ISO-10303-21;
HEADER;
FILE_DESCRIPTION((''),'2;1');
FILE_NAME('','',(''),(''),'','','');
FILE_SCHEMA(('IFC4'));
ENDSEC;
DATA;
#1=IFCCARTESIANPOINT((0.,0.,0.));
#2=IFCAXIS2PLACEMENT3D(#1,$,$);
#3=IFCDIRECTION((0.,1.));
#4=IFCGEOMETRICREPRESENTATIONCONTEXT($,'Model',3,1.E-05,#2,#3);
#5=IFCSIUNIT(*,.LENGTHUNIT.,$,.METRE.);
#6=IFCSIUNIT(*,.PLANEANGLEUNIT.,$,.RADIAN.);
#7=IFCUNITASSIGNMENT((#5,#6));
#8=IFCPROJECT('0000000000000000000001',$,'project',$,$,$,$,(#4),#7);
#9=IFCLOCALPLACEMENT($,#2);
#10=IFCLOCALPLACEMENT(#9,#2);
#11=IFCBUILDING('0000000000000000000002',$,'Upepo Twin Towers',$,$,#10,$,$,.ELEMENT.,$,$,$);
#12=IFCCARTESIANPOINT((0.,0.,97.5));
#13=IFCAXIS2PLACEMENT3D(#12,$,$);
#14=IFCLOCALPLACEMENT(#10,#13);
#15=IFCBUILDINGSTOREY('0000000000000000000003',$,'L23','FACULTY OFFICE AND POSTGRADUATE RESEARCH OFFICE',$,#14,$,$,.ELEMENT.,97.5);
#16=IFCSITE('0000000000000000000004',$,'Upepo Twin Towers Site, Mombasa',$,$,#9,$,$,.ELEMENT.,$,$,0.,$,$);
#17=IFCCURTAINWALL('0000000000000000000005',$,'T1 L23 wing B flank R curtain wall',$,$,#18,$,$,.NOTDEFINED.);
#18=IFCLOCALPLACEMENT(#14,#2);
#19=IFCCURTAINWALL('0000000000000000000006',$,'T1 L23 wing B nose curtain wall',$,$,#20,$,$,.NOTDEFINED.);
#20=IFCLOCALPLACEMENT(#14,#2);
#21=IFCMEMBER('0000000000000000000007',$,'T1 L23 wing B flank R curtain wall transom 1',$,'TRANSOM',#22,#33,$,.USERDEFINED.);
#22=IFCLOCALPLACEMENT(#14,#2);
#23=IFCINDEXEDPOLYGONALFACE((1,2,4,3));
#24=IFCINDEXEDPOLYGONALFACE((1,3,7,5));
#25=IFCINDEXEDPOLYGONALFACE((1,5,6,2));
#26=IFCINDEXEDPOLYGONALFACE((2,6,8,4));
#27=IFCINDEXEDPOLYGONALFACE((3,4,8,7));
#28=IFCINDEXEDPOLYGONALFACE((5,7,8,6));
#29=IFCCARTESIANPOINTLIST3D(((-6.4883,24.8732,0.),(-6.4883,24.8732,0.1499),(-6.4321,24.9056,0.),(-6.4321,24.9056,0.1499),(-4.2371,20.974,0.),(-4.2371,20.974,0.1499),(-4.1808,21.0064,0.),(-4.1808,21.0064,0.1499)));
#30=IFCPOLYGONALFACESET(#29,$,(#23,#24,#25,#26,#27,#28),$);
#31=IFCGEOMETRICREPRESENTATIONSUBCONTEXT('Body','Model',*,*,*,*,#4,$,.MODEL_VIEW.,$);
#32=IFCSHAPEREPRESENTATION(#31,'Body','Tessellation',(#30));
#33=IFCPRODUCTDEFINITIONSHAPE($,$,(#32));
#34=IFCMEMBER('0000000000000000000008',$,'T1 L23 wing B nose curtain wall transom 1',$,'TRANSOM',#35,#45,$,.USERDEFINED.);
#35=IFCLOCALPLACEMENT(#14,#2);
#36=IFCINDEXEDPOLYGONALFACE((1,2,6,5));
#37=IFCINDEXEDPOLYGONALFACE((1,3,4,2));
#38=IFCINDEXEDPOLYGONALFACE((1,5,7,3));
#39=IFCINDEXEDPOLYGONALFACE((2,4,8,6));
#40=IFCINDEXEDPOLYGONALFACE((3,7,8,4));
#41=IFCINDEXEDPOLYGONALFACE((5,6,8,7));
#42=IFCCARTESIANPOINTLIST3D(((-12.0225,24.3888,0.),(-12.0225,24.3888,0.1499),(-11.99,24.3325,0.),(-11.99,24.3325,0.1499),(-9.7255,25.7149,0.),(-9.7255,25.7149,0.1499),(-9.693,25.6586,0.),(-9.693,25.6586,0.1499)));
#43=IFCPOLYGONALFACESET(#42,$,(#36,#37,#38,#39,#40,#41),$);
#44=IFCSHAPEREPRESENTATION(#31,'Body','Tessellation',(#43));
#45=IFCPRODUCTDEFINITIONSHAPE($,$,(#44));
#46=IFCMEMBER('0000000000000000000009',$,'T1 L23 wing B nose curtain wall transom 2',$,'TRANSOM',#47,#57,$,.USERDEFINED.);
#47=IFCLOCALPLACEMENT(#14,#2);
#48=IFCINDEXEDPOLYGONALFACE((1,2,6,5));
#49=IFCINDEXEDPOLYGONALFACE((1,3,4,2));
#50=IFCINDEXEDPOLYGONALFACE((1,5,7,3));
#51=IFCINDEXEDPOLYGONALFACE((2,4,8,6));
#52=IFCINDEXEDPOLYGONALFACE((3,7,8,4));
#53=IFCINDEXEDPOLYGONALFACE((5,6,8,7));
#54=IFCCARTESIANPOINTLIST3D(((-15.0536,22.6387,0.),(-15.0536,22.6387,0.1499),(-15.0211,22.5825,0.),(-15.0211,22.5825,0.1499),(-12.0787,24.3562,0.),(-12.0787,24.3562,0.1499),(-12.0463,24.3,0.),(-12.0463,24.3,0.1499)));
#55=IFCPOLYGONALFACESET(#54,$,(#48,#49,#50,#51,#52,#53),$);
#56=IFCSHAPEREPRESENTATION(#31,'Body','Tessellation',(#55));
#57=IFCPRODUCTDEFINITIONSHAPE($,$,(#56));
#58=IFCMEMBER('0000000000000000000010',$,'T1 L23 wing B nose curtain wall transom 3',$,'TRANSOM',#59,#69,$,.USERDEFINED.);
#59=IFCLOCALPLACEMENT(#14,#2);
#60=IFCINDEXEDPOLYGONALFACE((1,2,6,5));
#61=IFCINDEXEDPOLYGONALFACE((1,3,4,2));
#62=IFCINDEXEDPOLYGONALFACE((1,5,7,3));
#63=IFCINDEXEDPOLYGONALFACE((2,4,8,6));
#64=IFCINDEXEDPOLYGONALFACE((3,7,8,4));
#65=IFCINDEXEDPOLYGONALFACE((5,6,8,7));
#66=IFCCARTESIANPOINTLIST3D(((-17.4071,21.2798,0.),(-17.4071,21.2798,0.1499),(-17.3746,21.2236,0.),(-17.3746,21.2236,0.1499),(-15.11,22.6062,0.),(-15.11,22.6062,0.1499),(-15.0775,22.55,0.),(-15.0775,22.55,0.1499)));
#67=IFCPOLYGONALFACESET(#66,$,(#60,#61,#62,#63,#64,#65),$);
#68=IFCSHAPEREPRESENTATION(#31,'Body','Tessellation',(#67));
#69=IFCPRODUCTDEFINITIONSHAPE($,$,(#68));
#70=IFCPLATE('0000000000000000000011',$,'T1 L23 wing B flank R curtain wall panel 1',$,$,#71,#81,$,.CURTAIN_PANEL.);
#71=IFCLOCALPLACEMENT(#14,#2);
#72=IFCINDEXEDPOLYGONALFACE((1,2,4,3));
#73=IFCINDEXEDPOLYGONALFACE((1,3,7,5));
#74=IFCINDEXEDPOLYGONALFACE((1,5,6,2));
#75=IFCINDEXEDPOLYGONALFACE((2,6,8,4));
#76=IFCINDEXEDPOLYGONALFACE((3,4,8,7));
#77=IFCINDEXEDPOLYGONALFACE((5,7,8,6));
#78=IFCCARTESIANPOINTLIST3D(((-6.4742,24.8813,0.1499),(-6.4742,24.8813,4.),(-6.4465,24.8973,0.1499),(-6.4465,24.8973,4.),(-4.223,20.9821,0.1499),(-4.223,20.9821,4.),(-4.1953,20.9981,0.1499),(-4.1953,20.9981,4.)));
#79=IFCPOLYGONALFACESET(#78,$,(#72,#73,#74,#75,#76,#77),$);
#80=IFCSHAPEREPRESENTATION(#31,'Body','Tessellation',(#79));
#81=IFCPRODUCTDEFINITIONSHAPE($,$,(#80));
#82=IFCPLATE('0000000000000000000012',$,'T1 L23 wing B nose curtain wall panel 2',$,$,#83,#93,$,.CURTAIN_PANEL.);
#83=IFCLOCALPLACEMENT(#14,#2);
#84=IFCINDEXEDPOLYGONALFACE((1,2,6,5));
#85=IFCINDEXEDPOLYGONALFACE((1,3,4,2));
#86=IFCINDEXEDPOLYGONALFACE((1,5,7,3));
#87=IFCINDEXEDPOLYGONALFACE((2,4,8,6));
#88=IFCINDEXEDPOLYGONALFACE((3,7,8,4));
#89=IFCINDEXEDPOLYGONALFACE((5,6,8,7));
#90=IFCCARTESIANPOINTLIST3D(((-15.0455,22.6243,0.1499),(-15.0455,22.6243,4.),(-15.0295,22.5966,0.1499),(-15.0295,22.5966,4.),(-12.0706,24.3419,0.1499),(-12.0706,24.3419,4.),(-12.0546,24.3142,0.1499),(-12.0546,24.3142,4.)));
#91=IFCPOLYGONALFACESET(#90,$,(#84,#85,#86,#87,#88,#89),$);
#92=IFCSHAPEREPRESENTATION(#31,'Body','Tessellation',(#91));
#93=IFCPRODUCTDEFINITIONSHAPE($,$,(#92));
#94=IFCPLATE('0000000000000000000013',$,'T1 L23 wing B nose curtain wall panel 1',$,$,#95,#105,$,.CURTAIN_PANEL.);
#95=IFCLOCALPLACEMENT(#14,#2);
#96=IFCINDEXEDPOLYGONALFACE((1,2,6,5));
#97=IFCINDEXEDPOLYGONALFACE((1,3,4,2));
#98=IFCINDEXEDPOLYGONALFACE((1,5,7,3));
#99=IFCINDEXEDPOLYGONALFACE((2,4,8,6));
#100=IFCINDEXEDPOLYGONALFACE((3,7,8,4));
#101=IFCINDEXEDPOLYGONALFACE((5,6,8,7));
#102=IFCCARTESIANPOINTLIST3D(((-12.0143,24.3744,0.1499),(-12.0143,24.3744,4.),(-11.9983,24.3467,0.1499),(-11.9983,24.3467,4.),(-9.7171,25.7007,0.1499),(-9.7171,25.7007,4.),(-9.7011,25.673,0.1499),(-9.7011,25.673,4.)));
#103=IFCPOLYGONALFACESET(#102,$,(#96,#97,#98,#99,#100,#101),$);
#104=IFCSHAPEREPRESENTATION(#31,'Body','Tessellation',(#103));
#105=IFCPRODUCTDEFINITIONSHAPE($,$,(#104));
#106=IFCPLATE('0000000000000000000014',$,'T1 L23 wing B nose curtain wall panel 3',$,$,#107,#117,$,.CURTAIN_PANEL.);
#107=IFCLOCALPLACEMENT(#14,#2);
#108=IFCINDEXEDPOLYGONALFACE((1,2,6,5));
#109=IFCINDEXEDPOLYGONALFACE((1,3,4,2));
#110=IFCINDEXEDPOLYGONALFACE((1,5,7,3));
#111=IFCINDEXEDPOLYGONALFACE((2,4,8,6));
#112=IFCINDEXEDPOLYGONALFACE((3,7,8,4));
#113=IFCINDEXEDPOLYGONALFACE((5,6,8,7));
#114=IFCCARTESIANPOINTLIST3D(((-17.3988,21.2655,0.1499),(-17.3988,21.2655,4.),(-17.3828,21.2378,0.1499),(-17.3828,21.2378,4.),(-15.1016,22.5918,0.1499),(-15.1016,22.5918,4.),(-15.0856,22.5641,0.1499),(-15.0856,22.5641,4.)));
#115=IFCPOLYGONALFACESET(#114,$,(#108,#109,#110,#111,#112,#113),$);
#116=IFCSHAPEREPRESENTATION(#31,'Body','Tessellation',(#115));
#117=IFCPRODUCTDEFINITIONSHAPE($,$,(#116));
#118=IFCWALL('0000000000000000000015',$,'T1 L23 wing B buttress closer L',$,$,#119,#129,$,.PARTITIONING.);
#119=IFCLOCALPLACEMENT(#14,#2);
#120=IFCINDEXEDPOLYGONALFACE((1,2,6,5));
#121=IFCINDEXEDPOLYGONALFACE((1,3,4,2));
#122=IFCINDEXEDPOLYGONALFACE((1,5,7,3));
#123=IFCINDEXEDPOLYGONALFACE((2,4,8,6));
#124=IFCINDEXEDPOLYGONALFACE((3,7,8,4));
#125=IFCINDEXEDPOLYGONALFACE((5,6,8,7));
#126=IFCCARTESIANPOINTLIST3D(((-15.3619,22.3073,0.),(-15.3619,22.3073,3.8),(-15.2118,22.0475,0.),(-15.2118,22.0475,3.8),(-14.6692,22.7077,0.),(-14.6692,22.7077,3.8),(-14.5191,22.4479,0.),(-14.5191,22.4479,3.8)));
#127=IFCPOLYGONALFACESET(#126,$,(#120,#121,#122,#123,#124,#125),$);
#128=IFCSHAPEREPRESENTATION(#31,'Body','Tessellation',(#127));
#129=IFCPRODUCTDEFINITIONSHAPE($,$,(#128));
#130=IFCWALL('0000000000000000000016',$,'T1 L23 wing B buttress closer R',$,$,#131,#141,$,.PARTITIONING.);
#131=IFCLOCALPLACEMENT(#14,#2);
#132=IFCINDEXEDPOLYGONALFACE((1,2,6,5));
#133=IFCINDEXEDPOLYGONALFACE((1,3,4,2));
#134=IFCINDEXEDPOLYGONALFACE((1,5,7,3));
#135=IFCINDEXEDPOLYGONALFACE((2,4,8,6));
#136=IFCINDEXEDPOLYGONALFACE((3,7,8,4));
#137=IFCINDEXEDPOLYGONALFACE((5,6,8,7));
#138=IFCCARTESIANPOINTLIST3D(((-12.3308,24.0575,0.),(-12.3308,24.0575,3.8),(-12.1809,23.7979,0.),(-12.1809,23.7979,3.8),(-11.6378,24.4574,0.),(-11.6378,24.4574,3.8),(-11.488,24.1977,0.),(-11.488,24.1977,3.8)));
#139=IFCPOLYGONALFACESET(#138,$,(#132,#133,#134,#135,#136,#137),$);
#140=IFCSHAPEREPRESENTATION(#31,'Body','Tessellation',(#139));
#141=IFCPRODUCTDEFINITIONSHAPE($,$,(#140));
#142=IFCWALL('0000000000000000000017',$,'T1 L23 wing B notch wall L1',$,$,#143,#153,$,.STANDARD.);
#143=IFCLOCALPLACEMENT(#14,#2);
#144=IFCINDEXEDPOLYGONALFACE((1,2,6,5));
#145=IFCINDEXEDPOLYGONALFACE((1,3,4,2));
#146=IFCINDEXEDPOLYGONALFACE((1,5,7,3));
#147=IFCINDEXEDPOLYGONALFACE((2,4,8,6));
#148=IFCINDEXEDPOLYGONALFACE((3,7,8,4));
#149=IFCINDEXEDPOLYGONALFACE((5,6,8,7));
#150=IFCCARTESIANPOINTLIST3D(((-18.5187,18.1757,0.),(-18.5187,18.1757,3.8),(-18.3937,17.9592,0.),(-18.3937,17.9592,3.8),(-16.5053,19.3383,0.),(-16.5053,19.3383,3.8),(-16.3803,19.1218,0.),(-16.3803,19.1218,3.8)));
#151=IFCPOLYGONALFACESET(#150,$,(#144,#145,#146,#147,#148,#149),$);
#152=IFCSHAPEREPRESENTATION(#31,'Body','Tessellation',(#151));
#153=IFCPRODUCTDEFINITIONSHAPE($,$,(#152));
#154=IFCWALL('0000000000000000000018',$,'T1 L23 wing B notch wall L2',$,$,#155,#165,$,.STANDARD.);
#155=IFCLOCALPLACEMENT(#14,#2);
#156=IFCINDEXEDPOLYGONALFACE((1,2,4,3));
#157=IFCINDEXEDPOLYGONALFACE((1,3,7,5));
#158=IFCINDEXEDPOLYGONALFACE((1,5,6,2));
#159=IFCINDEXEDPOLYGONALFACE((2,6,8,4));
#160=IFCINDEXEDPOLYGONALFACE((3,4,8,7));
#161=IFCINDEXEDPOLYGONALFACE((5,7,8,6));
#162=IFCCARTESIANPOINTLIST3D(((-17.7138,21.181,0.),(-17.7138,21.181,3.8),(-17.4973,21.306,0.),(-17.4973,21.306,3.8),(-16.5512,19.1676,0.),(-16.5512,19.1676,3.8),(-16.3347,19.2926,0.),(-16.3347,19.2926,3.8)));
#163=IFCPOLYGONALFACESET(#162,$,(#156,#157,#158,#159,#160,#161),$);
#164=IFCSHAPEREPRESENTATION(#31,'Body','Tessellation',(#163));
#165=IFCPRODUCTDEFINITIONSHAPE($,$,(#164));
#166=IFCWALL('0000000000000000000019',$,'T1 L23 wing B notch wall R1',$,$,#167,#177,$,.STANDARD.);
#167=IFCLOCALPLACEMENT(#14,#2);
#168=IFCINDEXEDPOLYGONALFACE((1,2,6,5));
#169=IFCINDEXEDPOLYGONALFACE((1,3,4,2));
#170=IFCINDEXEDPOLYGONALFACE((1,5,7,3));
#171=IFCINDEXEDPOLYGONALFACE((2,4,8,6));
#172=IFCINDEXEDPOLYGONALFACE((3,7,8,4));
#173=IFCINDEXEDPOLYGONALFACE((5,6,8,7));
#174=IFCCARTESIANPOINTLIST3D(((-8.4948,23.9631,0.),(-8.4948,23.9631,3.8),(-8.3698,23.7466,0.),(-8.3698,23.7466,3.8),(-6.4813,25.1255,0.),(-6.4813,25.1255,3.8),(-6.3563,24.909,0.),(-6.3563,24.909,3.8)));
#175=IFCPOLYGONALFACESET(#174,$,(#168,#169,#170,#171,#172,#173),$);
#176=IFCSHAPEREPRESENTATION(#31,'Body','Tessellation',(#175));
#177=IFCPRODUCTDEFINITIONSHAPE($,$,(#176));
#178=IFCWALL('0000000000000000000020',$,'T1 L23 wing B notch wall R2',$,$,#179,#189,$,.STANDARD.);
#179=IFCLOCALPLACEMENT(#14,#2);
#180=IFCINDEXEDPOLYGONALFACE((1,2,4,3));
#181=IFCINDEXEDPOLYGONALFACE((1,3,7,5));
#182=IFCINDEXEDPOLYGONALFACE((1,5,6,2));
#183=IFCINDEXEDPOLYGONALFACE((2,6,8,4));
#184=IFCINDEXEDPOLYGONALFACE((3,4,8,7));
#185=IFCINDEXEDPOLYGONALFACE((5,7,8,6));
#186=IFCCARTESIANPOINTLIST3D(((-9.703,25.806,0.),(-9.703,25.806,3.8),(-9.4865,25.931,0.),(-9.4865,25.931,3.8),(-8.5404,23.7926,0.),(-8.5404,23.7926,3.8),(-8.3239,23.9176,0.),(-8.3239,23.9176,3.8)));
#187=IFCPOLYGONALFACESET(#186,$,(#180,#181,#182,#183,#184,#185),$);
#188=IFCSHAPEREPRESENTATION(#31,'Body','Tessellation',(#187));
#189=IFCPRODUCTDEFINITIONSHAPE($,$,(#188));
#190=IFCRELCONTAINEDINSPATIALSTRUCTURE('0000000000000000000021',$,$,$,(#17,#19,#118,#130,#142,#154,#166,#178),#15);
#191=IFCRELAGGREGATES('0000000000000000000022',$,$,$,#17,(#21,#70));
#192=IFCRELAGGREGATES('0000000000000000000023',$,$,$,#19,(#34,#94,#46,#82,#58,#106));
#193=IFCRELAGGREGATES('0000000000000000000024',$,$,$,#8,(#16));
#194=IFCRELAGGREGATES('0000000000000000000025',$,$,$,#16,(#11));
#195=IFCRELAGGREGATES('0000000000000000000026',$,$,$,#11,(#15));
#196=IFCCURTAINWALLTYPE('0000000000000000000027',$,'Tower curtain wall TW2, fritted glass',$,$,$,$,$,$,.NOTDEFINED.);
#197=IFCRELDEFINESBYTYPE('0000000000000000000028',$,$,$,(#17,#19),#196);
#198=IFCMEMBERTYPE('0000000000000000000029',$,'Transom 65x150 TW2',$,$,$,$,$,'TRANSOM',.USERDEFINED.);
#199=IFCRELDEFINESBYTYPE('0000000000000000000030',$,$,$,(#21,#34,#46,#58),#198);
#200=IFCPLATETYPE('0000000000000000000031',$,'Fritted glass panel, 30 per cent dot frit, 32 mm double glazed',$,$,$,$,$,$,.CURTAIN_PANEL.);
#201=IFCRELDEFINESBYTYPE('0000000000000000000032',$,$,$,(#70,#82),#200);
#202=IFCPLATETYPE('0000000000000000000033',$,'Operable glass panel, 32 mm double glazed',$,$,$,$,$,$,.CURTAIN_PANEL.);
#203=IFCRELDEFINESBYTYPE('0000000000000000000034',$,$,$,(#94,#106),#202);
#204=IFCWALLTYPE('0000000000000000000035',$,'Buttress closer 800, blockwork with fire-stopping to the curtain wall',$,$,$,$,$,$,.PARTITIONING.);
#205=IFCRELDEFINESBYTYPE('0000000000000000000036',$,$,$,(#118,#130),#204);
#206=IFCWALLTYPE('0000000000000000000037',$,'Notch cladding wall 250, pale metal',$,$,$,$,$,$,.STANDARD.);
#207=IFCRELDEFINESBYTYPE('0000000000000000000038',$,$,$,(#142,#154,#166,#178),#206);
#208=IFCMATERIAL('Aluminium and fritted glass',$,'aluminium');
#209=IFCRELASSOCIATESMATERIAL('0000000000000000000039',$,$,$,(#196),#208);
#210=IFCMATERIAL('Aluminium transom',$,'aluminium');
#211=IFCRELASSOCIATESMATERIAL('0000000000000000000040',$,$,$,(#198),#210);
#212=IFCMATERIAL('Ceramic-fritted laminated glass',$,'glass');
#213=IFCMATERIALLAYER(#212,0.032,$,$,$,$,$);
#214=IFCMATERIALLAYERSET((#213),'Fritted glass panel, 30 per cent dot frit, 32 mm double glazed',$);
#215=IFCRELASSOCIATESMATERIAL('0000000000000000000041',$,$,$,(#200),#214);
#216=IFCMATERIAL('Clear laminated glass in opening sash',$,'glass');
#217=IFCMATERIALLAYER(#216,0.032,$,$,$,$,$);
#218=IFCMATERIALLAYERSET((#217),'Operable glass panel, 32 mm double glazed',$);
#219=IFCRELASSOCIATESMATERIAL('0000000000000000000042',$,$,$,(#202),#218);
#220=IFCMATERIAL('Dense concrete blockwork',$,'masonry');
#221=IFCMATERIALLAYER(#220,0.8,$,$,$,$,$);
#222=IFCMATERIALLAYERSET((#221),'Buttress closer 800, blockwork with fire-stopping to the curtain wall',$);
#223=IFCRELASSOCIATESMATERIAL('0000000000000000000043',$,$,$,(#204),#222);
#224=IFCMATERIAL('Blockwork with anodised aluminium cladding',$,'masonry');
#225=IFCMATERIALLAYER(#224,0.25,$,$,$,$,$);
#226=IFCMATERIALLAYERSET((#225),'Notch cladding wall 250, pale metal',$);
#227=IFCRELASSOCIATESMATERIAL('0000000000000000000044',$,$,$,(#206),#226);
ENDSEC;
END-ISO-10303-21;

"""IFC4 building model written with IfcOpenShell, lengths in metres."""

from ifc_helpers import new_model, si_unit, direction, frame, frame_2d, origin, origin_2d, place, context, subcontext, project, spatial, rectangle, extrude, material, layer, layer_set, material_profile, profile_set, type_object, element, aggregate, save


model = new_model("IFC4")

# Units and contexts
model_context = context("Model", 3, precision=1e-05, world=origin(), true_north=direction((0.0, 1.0)))
body_context = subcontext(model_context, "Body", "Model", "MODEL_VIEW")
ifc_project = project(units=[si_unit("LENGTHUNIT", "METRE"), si_unit("PLANEANGLEUNIT", "RADIAN")], contexts=[model_context])

# Site, building, storey
site_placement = place(None, origin())
site = spatial("IfcSite", under=ifc_project, at=site_placement, Name="Upepo Twin Towers Site, Mombasa", CompositionType="ELEMENT", RefElevation=0.0)
building_placement = place(site_placement, origin())
building = spatial("IfcBuilding", under=site, at=building_placement, Name="Upepo Twin Towers", CompositionType="ELEMENT")
storey_placement = place(building_placement, frame((0.0, 0.0, 97.5)))
storey = spatial("IfcBuildingStorey", under=building, at=storey_placement, Name="L23", Description="FACULTY OFFICE AND POSTGRADUATE RESEARCH OFFICE", CompositionType="ELEMENT", Elevation=97.5)

# Shared definitions
ifc_material_1 = material(Name="Aluminium and fritted glass", Category="aluminium")
curtain_wall_type = type_object("IfcCurtainWallType", Name="Tower curtain wall TW2, fritted glass", PredefinedType="NOTDEFINED", material=ifc_material_1)

# Curtain walls
curtain_wall_1_placement = place(storey_placement, origin())
curtain_wall_1 = element("IfcCurtainWall", 1, at=curtain_wall_1_placement, inside=storey, type_object=curtain_wall_type, Name="T1 L23 wing B flank R curtain wall", PredefinedType="NOTDEFINED")
curtain_wall_2_placement = place(storey_placement, origin())
curtain_wall_2 = element("IfcCurtainWall", 2, at=curtain_wall_2_placement, inside=storey, type_object=curtain_wall_type, Name="T1 L23 wing B nose curtain wall", PredefinedType="NOTDEFINED")

# Members
ifc_material_2 = material(Name="Aluminium transom", Category="aluminium")
ifc_material_profile_1 = material_profile(ifc_material_2, rectangle(XDim=0.0649, YDim=0.1499, at=origin_2d()), Name="TRANSOM 65x150")
ifc_profile_set_1 = profile_set([ifc_material_profile_1], Name="Aluminium transom")
member_type_1 = type_object("IfcMemberType", Name="Transom 65x150 TW2", ElementType="TRANSOM", PredefinedType="USERDEFINED", material=ifc_profile_set_1)
member_1_placement = place(storey_placement, frame((-6.4602, 24.8894, 0.075), z_axis=(0.500006, -0.866022, 0.0), x_axis=(0.866022, 0.500006, 0.0)))
member_1 = element("IfcMember", 3, at=member_1_placement, type_object=member_type_1, Name="T1 L23 wing B flank R curtain wall transom 1", ObjectType="TRANSOM", PredefinedType="USERDEFINED", context=body_context, shape_type="SweptSolid", body=[
    extrude(rectangle(XDim=0.0649, YDim=0.1499, at=origin_2d()), origin(), (0.0, 0.0, 1.0), 4.5024),
])
member_2_placement = place(storey_placement, frame((-9.7092, 25.6868, 0.075), z_axis=(-0.866037, -0.49998, 0.0), x_axis=(0.49998, -0.866037, 0.0)))
member_2 = element("IfcMember", 4, at=member_2_placement, type_object=member_type_1, Name="T1 L23 wing B nose curtain wall transom 1", ObjectType="TRANSOM", PredefinedType="USERDEFINED", context=body_context, shape_type="SweptSolid", body=[
    extrude(rectangle(XDim=0.0649, YDim=0.1499, at=origin_2d()), origin(), (0.0, 0.0, 1.0), 2.6523),
])
member_3_placement = place(storey_placement, frame((-12.0625, 24.3281, 0.075), z_axis=(-0.866026, -0.499999, 0.0), x_axis=(0.499999, -0.866026, 0.0)))
member_3 = element("IfcMember", 5, at=member_3_placement, type_object=member_type_1, Name="T1 L23 wing B nose curtain wall transom 2", ObjectType="TRANSOM", PredefinedType="USERDEFINED", context=body_context, shape_type="SweptSolid", body=[
    extrude(rectangle(XDim=0.0649, YDim=0.1499, at=origin_2d()), origin(), (0.0, 0.0, 1.0), 3.4351),
])
member_4_placement = place(storey_placement, frame((-15.0938, 22.5781, 0.075), z_axis=(-0.865997, -0.500049, 0.0), x_axis=(0.500049, -0.865997, 0.0)))
member_4 = element("IfcMember", 6, at=member_4_placement, type_object=member_type_1, Name="T1 L23 wing B nose curtain wall transom 3", ObjectType="TRANSOM", PredefinedType="USERDEFINED", context=body_context, shape_type="SweptSolid", body=[
    extrude(rectangle(XDim=0.0649, YDim=0.1499, at=origin_2d()), origin(), (0.0, 0.0, 1.0), 2.6526),
])

# Plates
ifc_material_3 = material(Name="Ceramic-fritted laminated glass", Category="glass")
ifc_layer_1 = layer(ifc_material_3, 0.032)
ifc_layer_set_1 = layer_set([ifc_layer_1], Name="Fritted glass panel, 30 per cent dot frit, 32 mm double glazed")
plate_type_1 = type_object("IfcPlateType", Name="Fritted glass panel, 30 per cent dot frit, 32 mm double glazed", PredefinedType="CURTAIN_PANEL", material=ifc_layer_set_1)
plate_1_placement = place(storey_placement, frame((-5.3347, 22.9397, 0.1499), z_axis=(0.0, 0.0, 1.0), x_axis=(0.5, -0.866025, 0.0)))
plate_1 = element("IfcPlate", 7, at=plate_1_placement, type_object=plate_type_1, Name="T1 L23 wing B flank R curtain wall panel 1", PredefinedType="CURTAIN_PANEL", context=body_context, shape_type="SweptSolid", body=[
    extrude(rectangle(XDim=4.5024, YDim=0.032, at=origin_2d()), origin(), (0.0, 0.0, 1.0), 3.8501),
])
aggregate(curtain_wall_1, [member_1, plate_1])
plate_2_placement = place(storey_placement, frame((-13.55, 23.4692, 0.1499), z_axis=(0.0, 0.0, 1.0), x_axis=(-0.866025, -0.5, 0.0)))
plate_2 = element("IfcPlate", 8, at=plate_2_placement, type_object=plate_type_1, Name="T1 L23 wing B nose curtain wall panel 2", PredefinedType="CURTAIN_PANEL", context=body_context, shape_type="SweptSolid", body=[
    extrude(rectangle(XDim=3.4351, YDim=0.032, at=origin_2d()), origin(), (0.0, 0.0, 1.0), 3.8501),
])
ifc_material_4 = material(Name="Clear laminated glass in opening sash", Category="glass")
ifc_layer_2 = layer(ifc_material_4, 0.032)
ifc_layer_set_2 = layer_set([ifc_layer_2], Name="Operable glass panel, 32 mm double glazed")
plate_type_2 = type_object("IfcPlateType", Name="Operable glass panel, 32 mm double glazed", PredefinedType="CURTAIN_PANEL", material=ifc_layer_set_2)
plate_3_placement = place(storey_placement, frame((-10.8577, 25.0237, 0.1499), z_axis=(0.0, 0.0, 1.0), x_axis=(-0.866025, -0.5, 0.0)))
plate_3 = element("IfcPlate", 9, at=plate_3_placement, type_object=plate_type_2, Name="T1 L23 wing B nose curtain wall panel 1", PredefinedType="CURTAIN_PANEL", context=body_context, shape_type="SweptSolid", body=[
    extrude(rectangle(XDim=2.6526, YDim=0.032, at=origin_2d()), origin(), (0.0, 0.0, 1.0), 3.8501),
])
plate_4_placement = place(storey_placement, frame((-16.2422, 21.9148, 0.1499), z_axis=(0.0, 0.0, 1.0), x_axis=(-0.866025, -0.5, 0.0)))
plate_4 = element("IfcPlate", 10, at=plate_4_placement, type_object=plate_type_2, Name="T1 L23 wing B nose curtain wall panel 3", PredefinedType="CURTAIN_PANEL", context=body_context, shape_type="SweptSolid", body=[
    extrude(rectangle(XDim=2.6526, YDim=0.032, at=origin_2d()), origin(), (0.0, 0.0, 1.0), 3.8501),
])
aggregate(curtain_wall_2, [member_2, plate_3, member_3, plate_2, member_4, plate_4])

# Walls
ifc_material_5 = material(Name="Dense concrete blockwork", Category="masonry")
ifc_layer_3 = layer(ifc_material_5, 0.8)
ifc_layer_set_3 = layer_set([ifc_layer_3], Name="Buttress closer 800, blockwork with fire-stopping to the curtain wall")
wall_type_1 = type_object("IfcWallType", Name="Buttress closer 800, blockwork with fire-stopping to the curtain wall", PredefinedType="PARTITIONING", material=ifc_layer_set_3)
wall_1_placement = place(storey_placement, frame((-14.8655, 22.2478, 0.0), z_axis=(0.0, 0.0, 1.0), x_axis=(-0.500427, 0.865779, 0.0)))
element("IfcWall", 11, at=wall_1_placement, inside=storey, type_object=wall_type_1, Name="T1 L23 wing B buttress closer L", PredefinedType="PARTITIONING", context=body_context, shape_type="SweptSolid", body=[
    extrude(rectangle(XDim=0.3, YDim=0.8, at=frame_2d((0.1499, 0.0))), origin(), (0.0, 0.0, 1.0), 3.8),
])
wall_2_placement = place(storey_placement, frame((-11.8345, 23.9978, 0.0), z_axis=(0.0, 0.0, 1.0), x_axis=(-0.499816, 0.866131, 0.0)))
element("IfcWall", 12, at=wall_2_placement, inside=storey, type_object=wall_type_1, Name="T1 L23 wing B buttress closer R", PredefinedType="PARTITIONING", context=body_context, shape_type="SweptSolid", body=[
    extrude(rectangle(XDim=0.2998, YDim=0.8, at=frame_2d((0.1499, 0.0))), origin(), (0.0, 0.0, 1.0), 3.8),
])
ifc_material_6 = material(Name="Blockwork with anodised aluminium cladding", Category="masonry")
ifc_layer_4 = layer(ifc_material_6, 0.25)
ifc_layer_set_4 = layer_set([ifc_layer_4], Name="Notch cladding wall 250, pale metal")
wall_type_2 = type_object("IfcWallType", Name="Notch cladding wall 250, pale metal", PredefinedType="STANDARD", material=ifc_layer_set_4)
for number, where, z_axis, x_axis, name in (
    (13, (-18.4563, 18.0674, 0.0), (0.0, 0.0, 1.0), (0.865998, 0.500047, 0.0), "T1 L23 wing B notch wall L1"),
    (14, (-16.4429, 19.23, 0.0), (0.0, 0.0, 1.0), (-0.500047, 0.865998, 0.0), "T1 L23 wing B notch wall L2"),
    (15, (-6.4187, 25.0173, 0.0), (0.0, 0.0, 1.0), (-0.866044, -0.499968, 0.0), "T1 L23 wing B notch wall R1"),
    (16, (-8.4321, 23.855, 0.0), (0.0, 0.0, 1.0), (-0.500047, 0.865998, 0.0), "T1 L23 wing B notch wall R2"),
):
    element("IfcWall", number, at=place(storey_placement, frame(where, z_axis=z_axis, x_axis=x_axis)), inside=storey, type_object=wall_type_2, Name=name, PredefinedType="STANDARD", context=body_context, shape_type="SweptSolid", body=[
        extrude(rectangle(XDim=2.325, YDim=0.25, at=frame_2d((1.1626, 0.0))), origin(), (0.0, 0.0, 1.0), 3.8),
    ])

save(model, "model.ifc")
